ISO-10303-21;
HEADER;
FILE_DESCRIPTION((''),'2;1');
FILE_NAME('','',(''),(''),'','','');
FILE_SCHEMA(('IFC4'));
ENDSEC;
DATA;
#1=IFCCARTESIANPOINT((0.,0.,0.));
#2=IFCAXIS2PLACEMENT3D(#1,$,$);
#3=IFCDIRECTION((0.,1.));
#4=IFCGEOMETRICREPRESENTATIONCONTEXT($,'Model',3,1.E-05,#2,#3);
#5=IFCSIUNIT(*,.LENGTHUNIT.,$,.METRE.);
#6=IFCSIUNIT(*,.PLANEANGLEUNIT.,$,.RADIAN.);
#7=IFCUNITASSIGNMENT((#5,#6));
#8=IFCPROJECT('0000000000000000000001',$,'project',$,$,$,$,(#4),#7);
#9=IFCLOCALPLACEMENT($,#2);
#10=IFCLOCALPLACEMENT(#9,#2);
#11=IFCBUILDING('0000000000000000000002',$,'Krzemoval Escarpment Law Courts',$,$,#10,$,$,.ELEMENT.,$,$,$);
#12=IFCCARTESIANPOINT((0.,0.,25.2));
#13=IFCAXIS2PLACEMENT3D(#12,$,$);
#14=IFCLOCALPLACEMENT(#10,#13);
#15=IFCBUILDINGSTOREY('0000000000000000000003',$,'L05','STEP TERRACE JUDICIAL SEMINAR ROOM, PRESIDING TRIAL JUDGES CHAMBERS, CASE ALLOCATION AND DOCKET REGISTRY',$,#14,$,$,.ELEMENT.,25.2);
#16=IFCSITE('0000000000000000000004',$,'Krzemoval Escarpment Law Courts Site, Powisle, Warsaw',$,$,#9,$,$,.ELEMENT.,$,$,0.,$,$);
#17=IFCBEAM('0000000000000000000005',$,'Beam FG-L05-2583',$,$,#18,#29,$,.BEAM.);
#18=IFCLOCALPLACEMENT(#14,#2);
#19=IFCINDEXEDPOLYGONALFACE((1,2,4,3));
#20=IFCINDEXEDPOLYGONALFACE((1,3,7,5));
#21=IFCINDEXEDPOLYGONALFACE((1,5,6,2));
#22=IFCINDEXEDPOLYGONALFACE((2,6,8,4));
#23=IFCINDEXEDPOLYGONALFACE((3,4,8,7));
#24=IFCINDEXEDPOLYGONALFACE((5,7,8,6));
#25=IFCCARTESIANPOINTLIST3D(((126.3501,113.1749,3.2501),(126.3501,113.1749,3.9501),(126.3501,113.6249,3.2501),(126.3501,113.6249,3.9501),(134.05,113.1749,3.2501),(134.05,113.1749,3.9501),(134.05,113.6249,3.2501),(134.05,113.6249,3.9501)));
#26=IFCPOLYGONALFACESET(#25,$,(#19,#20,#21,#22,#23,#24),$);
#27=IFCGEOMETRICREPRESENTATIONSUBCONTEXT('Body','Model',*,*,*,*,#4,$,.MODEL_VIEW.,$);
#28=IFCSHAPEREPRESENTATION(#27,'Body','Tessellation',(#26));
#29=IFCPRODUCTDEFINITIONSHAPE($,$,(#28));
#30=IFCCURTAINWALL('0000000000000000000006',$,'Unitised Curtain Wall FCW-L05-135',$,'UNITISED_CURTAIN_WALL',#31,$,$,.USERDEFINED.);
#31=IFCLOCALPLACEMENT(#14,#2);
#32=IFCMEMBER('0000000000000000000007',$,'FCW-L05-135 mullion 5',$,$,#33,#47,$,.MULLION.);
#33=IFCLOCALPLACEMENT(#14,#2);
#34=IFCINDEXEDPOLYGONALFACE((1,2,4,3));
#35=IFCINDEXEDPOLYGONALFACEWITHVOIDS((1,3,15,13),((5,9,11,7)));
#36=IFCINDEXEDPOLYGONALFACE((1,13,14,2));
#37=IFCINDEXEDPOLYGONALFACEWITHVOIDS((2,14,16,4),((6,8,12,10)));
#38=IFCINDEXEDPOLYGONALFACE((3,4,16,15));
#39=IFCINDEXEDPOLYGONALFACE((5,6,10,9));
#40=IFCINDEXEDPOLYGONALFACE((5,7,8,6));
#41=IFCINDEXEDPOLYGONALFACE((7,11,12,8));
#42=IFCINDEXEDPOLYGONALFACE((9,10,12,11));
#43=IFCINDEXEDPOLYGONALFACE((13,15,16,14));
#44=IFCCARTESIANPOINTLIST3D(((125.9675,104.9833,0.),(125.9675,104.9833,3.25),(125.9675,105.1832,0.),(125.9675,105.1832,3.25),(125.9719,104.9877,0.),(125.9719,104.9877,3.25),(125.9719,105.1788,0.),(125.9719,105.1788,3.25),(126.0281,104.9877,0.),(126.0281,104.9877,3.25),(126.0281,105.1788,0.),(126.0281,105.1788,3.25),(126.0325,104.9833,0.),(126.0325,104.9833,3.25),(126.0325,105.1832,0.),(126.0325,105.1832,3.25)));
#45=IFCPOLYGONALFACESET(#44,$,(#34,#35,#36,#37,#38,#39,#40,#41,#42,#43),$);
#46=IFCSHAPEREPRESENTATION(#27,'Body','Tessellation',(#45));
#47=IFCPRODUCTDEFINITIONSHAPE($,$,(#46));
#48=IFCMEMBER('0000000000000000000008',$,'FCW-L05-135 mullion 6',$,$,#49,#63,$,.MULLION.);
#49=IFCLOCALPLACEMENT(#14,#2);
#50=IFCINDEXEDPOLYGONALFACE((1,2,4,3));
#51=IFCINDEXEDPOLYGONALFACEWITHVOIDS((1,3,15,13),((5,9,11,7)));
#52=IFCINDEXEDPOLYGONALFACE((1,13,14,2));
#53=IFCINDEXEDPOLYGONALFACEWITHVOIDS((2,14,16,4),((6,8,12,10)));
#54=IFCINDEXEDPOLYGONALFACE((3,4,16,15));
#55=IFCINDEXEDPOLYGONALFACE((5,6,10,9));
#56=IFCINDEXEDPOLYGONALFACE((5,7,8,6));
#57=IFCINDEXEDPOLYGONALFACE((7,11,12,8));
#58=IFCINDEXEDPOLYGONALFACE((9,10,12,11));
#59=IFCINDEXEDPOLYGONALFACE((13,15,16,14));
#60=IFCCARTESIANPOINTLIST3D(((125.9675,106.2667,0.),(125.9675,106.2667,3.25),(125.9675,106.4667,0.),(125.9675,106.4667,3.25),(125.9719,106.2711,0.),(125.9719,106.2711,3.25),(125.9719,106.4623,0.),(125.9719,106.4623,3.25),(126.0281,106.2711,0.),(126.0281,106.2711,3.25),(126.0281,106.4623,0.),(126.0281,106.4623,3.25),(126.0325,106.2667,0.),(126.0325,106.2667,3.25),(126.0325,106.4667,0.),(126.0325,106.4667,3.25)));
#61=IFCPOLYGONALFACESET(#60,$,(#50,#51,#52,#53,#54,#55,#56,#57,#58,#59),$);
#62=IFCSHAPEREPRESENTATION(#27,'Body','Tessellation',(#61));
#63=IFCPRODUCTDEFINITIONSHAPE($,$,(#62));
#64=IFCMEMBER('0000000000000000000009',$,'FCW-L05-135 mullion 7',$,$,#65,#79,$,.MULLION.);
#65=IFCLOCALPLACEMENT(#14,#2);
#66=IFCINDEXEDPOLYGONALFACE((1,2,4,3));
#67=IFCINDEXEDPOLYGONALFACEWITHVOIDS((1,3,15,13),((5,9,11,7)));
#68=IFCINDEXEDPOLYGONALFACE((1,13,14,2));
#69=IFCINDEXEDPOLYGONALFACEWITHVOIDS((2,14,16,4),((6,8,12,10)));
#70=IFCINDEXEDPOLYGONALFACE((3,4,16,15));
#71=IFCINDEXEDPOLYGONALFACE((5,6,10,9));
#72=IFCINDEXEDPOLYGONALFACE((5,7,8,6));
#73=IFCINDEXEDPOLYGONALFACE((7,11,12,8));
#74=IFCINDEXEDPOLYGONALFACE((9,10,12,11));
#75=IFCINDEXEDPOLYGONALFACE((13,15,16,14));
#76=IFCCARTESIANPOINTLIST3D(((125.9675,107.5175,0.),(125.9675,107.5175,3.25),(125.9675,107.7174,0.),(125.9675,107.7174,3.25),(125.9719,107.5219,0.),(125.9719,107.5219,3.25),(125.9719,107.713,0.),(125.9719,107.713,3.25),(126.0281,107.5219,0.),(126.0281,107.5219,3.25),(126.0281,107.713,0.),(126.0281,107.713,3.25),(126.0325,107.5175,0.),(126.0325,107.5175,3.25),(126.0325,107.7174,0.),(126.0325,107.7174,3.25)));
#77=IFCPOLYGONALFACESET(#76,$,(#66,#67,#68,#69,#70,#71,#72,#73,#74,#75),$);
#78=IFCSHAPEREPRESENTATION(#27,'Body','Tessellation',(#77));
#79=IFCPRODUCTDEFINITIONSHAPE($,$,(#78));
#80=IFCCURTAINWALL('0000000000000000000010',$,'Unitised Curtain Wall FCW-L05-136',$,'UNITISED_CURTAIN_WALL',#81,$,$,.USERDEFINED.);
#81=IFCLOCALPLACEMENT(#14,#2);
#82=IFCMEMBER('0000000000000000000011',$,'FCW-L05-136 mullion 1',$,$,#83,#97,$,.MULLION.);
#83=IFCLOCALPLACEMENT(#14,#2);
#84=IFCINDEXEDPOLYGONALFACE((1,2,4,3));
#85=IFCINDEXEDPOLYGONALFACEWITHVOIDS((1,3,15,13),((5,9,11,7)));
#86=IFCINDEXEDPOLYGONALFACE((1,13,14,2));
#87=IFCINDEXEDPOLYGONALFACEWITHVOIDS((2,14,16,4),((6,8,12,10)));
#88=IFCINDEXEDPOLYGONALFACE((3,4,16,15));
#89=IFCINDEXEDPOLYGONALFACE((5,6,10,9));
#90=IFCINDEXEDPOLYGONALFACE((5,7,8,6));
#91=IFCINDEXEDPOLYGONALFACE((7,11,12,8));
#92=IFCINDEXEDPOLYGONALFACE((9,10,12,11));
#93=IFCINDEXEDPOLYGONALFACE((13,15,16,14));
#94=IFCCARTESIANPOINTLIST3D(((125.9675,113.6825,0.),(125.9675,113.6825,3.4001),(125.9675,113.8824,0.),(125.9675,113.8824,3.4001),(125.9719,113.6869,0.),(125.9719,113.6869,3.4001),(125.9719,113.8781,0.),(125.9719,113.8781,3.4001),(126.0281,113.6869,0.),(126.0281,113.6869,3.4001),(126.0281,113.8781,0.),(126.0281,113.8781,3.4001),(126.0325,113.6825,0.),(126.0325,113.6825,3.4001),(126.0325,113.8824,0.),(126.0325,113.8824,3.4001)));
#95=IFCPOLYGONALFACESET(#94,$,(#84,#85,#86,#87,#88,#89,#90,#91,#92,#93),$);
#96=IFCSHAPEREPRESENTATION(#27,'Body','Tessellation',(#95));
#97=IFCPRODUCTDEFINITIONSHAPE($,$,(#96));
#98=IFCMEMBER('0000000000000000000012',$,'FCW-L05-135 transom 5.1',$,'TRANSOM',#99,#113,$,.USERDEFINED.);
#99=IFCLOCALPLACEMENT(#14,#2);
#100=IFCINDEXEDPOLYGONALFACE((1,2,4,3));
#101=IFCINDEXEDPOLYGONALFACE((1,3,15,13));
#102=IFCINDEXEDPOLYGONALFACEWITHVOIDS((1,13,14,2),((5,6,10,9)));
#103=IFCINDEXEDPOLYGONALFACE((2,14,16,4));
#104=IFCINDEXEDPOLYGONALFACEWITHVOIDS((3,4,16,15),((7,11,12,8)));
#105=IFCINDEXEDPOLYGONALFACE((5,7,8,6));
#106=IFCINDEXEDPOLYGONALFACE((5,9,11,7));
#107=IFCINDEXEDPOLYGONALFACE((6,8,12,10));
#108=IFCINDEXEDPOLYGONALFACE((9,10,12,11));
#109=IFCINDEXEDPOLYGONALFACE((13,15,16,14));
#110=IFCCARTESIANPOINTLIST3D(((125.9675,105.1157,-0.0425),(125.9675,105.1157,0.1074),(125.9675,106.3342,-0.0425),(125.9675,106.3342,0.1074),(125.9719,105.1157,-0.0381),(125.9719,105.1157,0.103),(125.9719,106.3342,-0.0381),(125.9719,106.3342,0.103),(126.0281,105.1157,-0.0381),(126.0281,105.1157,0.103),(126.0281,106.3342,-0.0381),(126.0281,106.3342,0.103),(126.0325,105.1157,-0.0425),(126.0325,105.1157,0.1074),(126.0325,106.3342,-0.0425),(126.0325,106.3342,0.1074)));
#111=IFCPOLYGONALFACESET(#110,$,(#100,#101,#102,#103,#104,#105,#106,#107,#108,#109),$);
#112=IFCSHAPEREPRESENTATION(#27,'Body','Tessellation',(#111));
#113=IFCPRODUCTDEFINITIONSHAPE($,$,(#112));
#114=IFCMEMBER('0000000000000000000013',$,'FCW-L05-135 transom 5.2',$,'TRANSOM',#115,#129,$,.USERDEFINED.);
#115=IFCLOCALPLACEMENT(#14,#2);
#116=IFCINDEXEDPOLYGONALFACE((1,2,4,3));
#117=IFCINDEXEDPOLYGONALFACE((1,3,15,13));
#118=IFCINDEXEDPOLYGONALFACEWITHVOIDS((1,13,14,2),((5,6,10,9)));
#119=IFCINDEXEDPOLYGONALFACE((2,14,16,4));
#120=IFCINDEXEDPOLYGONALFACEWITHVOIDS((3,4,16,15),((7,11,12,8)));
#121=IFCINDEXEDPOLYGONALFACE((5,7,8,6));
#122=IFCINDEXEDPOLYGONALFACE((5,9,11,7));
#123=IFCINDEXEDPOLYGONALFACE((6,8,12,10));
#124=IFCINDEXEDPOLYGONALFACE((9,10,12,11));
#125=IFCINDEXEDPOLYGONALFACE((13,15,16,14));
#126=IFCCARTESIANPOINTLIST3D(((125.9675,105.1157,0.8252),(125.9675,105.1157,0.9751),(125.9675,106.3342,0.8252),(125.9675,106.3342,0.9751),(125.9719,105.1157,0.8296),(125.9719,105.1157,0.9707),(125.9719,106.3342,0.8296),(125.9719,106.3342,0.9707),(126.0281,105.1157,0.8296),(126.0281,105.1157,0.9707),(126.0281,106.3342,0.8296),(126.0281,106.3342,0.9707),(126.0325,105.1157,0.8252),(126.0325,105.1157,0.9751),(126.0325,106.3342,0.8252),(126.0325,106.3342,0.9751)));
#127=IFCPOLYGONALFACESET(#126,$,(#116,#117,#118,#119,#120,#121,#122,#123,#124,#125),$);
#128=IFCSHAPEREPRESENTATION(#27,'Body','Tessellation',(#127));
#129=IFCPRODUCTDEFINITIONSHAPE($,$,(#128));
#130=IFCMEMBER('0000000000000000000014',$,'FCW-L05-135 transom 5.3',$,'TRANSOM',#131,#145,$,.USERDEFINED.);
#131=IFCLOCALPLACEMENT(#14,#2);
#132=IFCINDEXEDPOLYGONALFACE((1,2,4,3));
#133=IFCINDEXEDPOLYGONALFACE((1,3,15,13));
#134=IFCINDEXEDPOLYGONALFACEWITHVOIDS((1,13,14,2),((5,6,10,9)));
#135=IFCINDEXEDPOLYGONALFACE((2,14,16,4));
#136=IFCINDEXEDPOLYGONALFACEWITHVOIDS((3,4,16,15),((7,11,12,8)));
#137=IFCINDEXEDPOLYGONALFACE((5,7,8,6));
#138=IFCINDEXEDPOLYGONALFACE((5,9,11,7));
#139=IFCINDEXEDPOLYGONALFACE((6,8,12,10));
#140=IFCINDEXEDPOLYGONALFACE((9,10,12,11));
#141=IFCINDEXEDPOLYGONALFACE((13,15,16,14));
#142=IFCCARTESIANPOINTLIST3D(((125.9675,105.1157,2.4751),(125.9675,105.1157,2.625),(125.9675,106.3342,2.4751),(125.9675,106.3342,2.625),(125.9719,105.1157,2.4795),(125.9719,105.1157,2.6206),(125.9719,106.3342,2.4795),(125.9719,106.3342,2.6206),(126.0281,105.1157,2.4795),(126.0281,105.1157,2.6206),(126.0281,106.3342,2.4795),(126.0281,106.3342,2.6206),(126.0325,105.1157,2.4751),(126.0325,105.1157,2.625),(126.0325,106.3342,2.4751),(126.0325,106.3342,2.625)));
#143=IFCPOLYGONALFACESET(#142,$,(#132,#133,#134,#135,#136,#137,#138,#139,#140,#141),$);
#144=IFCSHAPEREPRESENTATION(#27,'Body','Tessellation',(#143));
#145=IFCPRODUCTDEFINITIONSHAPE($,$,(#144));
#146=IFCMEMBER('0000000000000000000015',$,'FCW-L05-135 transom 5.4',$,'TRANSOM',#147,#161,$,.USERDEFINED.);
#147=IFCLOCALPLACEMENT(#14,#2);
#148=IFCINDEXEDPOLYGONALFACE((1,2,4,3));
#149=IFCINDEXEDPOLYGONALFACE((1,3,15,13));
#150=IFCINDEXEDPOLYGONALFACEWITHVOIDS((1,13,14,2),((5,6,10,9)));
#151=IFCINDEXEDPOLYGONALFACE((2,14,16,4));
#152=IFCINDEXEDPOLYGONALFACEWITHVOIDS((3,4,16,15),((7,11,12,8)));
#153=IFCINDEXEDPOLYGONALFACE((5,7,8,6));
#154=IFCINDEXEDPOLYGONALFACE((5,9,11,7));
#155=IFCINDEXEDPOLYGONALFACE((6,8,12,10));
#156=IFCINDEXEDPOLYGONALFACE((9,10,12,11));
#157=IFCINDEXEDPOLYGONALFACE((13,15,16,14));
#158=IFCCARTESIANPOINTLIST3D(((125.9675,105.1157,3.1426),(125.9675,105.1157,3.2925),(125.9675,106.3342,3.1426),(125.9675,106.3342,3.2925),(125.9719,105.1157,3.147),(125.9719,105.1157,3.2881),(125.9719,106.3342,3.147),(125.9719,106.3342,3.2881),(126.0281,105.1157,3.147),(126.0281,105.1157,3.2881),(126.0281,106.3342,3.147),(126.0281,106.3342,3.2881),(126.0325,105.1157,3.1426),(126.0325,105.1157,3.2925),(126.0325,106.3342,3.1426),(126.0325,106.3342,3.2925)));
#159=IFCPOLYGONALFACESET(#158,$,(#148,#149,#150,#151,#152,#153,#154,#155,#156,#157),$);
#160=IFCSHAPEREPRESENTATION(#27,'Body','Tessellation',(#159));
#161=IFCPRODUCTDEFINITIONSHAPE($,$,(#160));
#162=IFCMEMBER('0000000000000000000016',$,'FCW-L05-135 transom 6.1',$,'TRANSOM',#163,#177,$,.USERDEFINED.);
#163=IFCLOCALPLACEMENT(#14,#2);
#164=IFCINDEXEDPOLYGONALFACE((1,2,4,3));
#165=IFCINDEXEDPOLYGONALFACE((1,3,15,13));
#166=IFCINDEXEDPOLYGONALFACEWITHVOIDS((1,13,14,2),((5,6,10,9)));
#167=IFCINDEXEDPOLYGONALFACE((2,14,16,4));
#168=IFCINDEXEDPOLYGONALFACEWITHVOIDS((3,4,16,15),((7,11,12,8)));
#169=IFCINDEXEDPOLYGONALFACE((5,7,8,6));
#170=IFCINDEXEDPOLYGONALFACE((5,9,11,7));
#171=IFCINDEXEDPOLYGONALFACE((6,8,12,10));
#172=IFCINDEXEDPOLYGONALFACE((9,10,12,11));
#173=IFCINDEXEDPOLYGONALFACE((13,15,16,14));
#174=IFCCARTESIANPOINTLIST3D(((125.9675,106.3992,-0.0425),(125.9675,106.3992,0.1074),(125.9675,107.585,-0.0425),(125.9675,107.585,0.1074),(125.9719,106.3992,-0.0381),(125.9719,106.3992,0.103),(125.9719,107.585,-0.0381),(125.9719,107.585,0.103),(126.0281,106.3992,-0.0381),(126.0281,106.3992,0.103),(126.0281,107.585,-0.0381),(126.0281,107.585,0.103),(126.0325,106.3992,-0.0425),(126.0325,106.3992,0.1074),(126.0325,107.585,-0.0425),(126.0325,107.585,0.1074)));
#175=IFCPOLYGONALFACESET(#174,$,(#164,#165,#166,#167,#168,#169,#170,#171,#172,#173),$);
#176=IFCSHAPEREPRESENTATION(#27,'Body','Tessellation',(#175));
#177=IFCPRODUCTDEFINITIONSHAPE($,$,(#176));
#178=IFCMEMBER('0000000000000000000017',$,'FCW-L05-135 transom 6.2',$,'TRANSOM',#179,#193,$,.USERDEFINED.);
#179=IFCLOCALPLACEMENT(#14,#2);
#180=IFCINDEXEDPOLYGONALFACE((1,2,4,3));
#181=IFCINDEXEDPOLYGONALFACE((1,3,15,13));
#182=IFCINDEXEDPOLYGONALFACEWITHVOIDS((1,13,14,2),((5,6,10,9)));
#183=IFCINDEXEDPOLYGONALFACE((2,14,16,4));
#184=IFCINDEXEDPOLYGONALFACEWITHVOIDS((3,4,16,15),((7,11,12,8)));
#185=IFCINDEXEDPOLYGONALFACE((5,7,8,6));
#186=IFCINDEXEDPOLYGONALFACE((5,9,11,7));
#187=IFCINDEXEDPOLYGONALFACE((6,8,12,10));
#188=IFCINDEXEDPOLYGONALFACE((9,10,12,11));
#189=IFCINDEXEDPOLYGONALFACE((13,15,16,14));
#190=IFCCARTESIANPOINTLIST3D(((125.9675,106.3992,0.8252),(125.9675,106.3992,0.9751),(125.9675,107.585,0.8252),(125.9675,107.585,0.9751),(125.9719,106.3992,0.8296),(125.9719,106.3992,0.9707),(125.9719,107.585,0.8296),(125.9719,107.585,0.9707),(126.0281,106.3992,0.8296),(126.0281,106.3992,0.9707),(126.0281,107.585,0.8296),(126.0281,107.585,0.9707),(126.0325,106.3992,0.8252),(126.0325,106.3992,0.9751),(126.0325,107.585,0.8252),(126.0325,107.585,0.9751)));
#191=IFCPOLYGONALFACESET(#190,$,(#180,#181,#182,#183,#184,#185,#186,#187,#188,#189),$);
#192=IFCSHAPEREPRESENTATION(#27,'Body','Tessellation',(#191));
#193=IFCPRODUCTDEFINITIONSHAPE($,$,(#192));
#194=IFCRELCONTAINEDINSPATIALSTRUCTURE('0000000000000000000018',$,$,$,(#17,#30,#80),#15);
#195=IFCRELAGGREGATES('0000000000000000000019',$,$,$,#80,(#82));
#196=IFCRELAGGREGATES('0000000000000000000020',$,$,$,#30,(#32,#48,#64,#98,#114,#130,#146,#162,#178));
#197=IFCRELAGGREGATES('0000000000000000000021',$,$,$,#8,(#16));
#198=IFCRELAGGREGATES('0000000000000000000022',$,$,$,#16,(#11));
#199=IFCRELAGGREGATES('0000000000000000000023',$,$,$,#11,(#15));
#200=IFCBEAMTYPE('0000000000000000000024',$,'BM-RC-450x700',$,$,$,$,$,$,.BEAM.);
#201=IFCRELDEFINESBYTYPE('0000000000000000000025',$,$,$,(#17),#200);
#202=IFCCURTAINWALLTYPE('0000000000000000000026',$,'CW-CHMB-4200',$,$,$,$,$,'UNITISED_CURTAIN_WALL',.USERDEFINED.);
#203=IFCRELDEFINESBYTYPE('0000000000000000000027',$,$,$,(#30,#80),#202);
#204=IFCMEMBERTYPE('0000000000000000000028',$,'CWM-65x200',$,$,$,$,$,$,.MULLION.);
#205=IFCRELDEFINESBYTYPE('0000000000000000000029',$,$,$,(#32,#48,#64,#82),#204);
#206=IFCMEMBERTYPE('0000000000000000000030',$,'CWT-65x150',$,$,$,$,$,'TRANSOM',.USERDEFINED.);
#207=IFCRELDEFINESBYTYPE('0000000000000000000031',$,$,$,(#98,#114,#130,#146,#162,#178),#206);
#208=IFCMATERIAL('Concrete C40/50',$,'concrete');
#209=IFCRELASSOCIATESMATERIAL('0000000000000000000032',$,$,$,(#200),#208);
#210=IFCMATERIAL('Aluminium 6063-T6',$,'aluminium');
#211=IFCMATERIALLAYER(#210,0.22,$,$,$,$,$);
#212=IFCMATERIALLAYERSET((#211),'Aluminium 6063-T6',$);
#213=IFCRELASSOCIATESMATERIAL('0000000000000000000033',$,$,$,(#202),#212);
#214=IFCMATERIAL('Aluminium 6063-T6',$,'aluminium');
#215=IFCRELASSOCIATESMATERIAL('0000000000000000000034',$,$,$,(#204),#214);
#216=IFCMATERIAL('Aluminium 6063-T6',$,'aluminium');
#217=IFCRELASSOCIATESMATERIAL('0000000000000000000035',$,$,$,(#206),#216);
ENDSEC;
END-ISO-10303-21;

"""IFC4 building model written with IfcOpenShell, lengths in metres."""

from ifc_helpers import new_model, si_unit, direction, frame, origin, origin_2d, place, context, subcontext, project, spatial, rectangle, hollow_rectangle, extrude, material, layer, layer_set, material_profile, profile_set, type_object, element, aggregate, save


model = new_model("IFC4")

# Units and contexts
model_context = context("Model", 3, precision=1e-05, world=origin(), true_north=direction((0.0, 1.0)))
body_context = subcontext(model_context, "Body", "Model", "MODEL_VIEW")
ifc_project = project(units=[si_unit("LENGTHUNIT", "METRE"), si_unit("PLANEANGLEUNIT", "RADIAN")], contexts=[model_context])

# Site, building, storey
site_placement = place(None, origin())
site = spatial("IfcSite", under=ifc_project, at=site_placement, Name="Krzemoval Escarpment Law Courts Site, Powisle, Warsaw", CompositionType="ELEMENT", RefElevation=0.0)
building_placement = place(site_placement, origin())
building = spatial("IfcBuilding", under=site, at=building_placement, Name="Krzemoval Escarpment Law Courts", CompositionType="ELEMENT")
storey_placement = place(building_placement, frame((0.0, 0.0, 25.2)))
storey = spatial("IfcBuildingStorey", under=building, at=storey_placement, Name="L05", Description="STEP TERRACE JUDICIAL SEMINAR ROOM, PRESIDING TRIAL JUDGES CHAMBERS, CASE ALLOCATION AND DOCKET REGISTRY", CompositionType="ELEMENT", Elevation=25.2)

# Beam
ifc_material_1 = material(Name="Concrete C40/50", Category="concrete")
ifc_material_profile_1 = material_profile(ifc_material_1, rectangle(XDim=0.45, YDim=0.7, at=origin_2d()), Name="RCB 450x700")
ifc_profile_set_1 = profile_set([ifc_material_profile_1], Name="Concrete C40/50")
beam_type = type_object("IfcBeamType", Name="BM-RC-450x700", PredefinedType="BEAM", material=ifc_profile_set_1)
beam_placement = place(storey_placement, frame((126.3501, 113.3999, 3.6001), z_axis=(1.0, 0.0, 0.0), x_axis=(0.0, 1.0, 0.0)))
element("IfcBeam", 1, at=beam_placement, inside=storey, type_object=beam_type, Name="Beam FG-L05-2583", PredefinedType="BEAM", context=body_context, shape_type="SweptSolid", body=[
    extrude(rectangle(XDim=0.45, YDim=0.7, at=origin_2d()), origin(), (0.0, 0.0, 1.0), 7.7),
])

# Curtain wall, members
ifc_material_2 = material(Name="Aluminium 6063-T6", Category="aluminium")
ifc_layer_1 = layer(ifc_material_2, 0.22)
ifc_layer_set_1 = layer_set([ifc_layer_1], Name="Aluminium 6063-T6")
curtain_wall_type = type_object("IfcCurtainWallType", Name="CW-CHMB-4200", ElementType="UNITISED_CURTAIN_WALL", PredefinedType="USERDEFINED", material=ifc_layer_set_1)
curtain_wall_1_placement = place(storey_placement, origin())
curtain_wall_1 = element("IfcCurtainWall", 2, at=curtain_wall_1_placement, inside=storey, type_object=curtain_wall_type, Name="Unitised Curtain Wall FCW-L05-135", ObjectType="UNITISED_CURTAIN_WALL", PredefinedType="USERDEFINED")
ifc_material_3 = material(Name="Aluminium 6063-T6", Category="aluminium")
ifc_material_profile_2 = material_profile(ifc_material_3, hollow_rectangle(XDim=0.0649, YDim=0.2, WallThickness=0.0044, at=origin_2d()), Name="ALU M65x200")
ifc_profile_set_2 = profile_set([ifc_material_profile_2], Name="Aluminium 6063-T6")
member_type_1 = type_object("IfcMemberType", Name="CWM-65x200", PredefinedType="MULLION", material=ifc_profile_set_2)
member_1_placement = place(storey_placement, frame((126.0, 105.0833, 0.0), z_axis=(0.0, 0.0, 1.0), x_axis=(-1.0, 0.0, 0.0)))
member_1 = element("IfcMember", 3, at=member_1_placement, type_object=member_type_1, Name="FCW-L05-135 mullion 5", PredefinedType="MULLION", context=body_context, shape_type="SweptSolid", body=[
    extrude(hollow_rectangle(XDim=0.0649, YDim=0.2, WallThickness=0.0044, at=origin_2d()), origin(), (0.0, 0.0, 1.0), 3.25),
])
member_2_placement = place(storey_placement, frame((126.0, 106.3667, 0.0), z_axis=(0.0, 0.0, 1.0), x_axis=(-1.0, 0.0, 0.0)))
member_2 = element("IfcMember", 4, at=member_2_placement, type_object=member_type_1, Name="FCW-L05-135 mullion 6", PredefinedType="MULLION", context=body_context, shape_type="SweptSolid", body=[
    extrude(hollow_rectangle(XDim=0.0649, YDim=0.2, WallThickness=0.0044, at=origin_2d()), origin(), (0.0, 0.0, 1.0), 3.25),
])
member_3_placement = place(storey_placement, frame((126.0, 107.6174, 0.0), z_axis=(0.0, 0.0, 1.0), x_axis=(-1.0, 0.0, 0.0)))
member_3 = element("IfcMember", 5, at=member_3_placement, type_object=member_type_1, Name="FCW-L05-135 mullion 7", PredefinedType="MULLION", context=body_context, shape_type="SweptSolid", body=[
    extrude(hollow_rectangle(XDim=0.0649, YDim=0.2, WallThickness=0.0044, at=origin_2d()), origin(), (0.0, 0.0, 1.0), 3.25),
])

# Curtain wall, member
curtain_wall_2_placement = place(storey_placement, origin())
curtain_wall_2 = element("IfcCurtainWall", 6, at=curtain_wall_2_placement, inside=storey, type_object=curtain_wall_type, Name="Unitised Curtain Wall FCW-L05-136", ObjectType="UNITISED_CURTAIN_WALL", PredefinedType="USERDEFINED")
member_4_placement = place(storey_placement, frame((126.0, 113.7825, 0.0), z_axis=(0.0, 0.0, 1.0), x_axis=(-1.0, 0.0, 0.0)))
member_4 = element("IfcMember", 7, at=member_4_placement, type_object=member_type_1, Name="FCW-L05-136 mullion 1", PredefinedType="MULLION", context=body_context, shape_type="SweptSolid", body=[
    extrude(hollow_rectangle(XDim=0.0649, YDim=0.2, WallThickness=0.0044, at=origin_2d()), origin(), (0.0, 0.0, 1.0), 3.4001),
])

# Members
ifc_material_4 = material(Name="Aluminium 6063-T6", Category="aluminium")
ifc_material_profile_3 = material_profile(ifc_material_4, hollow_rectangle(XDim=0.0649, YDim=0.1499, WallThickness=0.0044, at=origin_2d()), Name="ALU T65x150")
ifc_profile_set_3 = profile_set([ifc_material_profile_3], Name="Aluminium 6063-T6")
member_type_2 = type_object("IfcMemberType", Name="CWT-65x150", ElementType="TRANSOM", PredefinedType="USERDEFINED", material=ifc_profile_set_3)
member_5_placement = place(storey_placement, frame((126.0, 105.1157, 0.0325), z_axis=(0.0, 1.0, 0.0), x_axis=(-1.0, 0.0, 0.0)))
member_5 = element("IfcMember", 8, at=member_5_placement, type_object=member_type_2, Name="FCW-L05-135 transom 5.1", ObjectType="TRANSOM", PredefinedType="USERDEFINED", context=body_context, shape_type="SweptSolid", body=[
    extrude(hollow_rectangle(XDim=0.0649, YDim=0.1499, WallThickness=0.0044, at=origin_2d()), origin(), (0.0, 0.0, 1.0), 1.2185),
])
member_6_placement = place(storey_placement, frame((126.0, 105.1157, 0.9001), z_axis=(0.0, 1.0, 0.0), x_axis=(-1.0, 0.0, 0.0)))
member_6 = element("IfcMember", 9, at=member_6_placement, type_object=member_type_2, Name="FCW-L05-135 transom 5.2", ObjectType="TRANSOM", PredefinedType="USERDEFINED", context=body_context, shape_type="SweptSolid", body=[
    extrude(hollow_rectangle(XDim=0.0649, YDim=0.1499, WallThickness=0.0044, at=origin_2d()), origin(), (0.0, 0.0, 1.0), 1.2185),
])
member_7_placement = place(storey_placement, frame((126.0, 105.1157, 2.55), z_axis=(0.0, 1.0, 0.0), x_axis=(-1.0, 0.0, 0.0)))
member_7 = element("IfcMember", 10, at=member_7_placement, type_object=member_type_2, Name="FCW-L05-135 transom 5.3", ObjectType="TRANSOM", PredefinedType="USERDEFINED", context=body_context, shape_type="SweptSolid", body=[
    extrude(hollow_rectangle(XDim=0.0649, YDim=0.1499, WallThickness=0.0044, at=origin_2d()), origin(), (0.0, 0.0, 1.0), 1.2185),
])
member_8_placement = place(storey_placement, frame((126.0, 105.1157, 3.2175), z_axis=(0.0, 1.0, 0.0), x_axis=(-1.0, 0.0, 0.0)))
member_8 = element("IfcMember", 11, at=member_8_placement, type_object=member_type_2, Name="FCW-L05-135 transom 5.4", ObjectType="TRANSOM", PredefinedType="USERDEFINED", context=body_context, shape_type="SweptSolid", body=[
    extrude(hollow_rectangle(XDim=0.0649, YDim=0.1499, WallThickness=0.0044, at=origin_2d()), origin(), (0.0, 0.0, 1.0), 1.2185),
])
member_9_placement = place(storey_placement, frame((126.0, 106.3992, 0.0325), z_axis=(0.0, 1.0, 0.0), x_axis=(-1.0, 0.0, 0.0)))
member_9 = element("IfcMember", 12, at=member_9_placement, type_object=member_type_2, Name="FCW-L05-135 transom 6.1", ObjectType="TRANSOM", PredefinedType="USERDEFINED", context=body_context, shape_type="SweptSolid", body=[
    extrude(hollow_rectangle(XDim=0.0649, YDim=0.1499, WallThickness=0.0044, at=origin_2d()), origin(), (0.0, 0.0, 1.0), 1.1858),
])
member_10_placement = place(storey_placement, frame((126.0, 106.3992, 0.9001), z_axis=(0.0, 1.0, 0.0), x_axis=(-1.0, 0.0, 0.0)))
member_10 = element("IfcMember", 13, at=member_10_placement, type_object=member_type_2, Name="FCW-L05-135 transom 6.2", ObjectType="TRANSOM", PredefinedType="USERDEFINED", context=body_context, shape_type="SweptSolid", body=[
    extrude(hollow_rectangle(XDim=0.0649, YDim=0.1499, WallThickness=0.0044, at=origin_2d()), origin(), (0.0, 0.0, 1.0), 1.1858),
])
aggregate(curtain_wall_2, [member_4])

aggregate(curtain_wall_1, [member_1, member_2, member_3, member_5, member_6, member_7, member_8, member_9, member_10])

save(model, "model.ifc")
